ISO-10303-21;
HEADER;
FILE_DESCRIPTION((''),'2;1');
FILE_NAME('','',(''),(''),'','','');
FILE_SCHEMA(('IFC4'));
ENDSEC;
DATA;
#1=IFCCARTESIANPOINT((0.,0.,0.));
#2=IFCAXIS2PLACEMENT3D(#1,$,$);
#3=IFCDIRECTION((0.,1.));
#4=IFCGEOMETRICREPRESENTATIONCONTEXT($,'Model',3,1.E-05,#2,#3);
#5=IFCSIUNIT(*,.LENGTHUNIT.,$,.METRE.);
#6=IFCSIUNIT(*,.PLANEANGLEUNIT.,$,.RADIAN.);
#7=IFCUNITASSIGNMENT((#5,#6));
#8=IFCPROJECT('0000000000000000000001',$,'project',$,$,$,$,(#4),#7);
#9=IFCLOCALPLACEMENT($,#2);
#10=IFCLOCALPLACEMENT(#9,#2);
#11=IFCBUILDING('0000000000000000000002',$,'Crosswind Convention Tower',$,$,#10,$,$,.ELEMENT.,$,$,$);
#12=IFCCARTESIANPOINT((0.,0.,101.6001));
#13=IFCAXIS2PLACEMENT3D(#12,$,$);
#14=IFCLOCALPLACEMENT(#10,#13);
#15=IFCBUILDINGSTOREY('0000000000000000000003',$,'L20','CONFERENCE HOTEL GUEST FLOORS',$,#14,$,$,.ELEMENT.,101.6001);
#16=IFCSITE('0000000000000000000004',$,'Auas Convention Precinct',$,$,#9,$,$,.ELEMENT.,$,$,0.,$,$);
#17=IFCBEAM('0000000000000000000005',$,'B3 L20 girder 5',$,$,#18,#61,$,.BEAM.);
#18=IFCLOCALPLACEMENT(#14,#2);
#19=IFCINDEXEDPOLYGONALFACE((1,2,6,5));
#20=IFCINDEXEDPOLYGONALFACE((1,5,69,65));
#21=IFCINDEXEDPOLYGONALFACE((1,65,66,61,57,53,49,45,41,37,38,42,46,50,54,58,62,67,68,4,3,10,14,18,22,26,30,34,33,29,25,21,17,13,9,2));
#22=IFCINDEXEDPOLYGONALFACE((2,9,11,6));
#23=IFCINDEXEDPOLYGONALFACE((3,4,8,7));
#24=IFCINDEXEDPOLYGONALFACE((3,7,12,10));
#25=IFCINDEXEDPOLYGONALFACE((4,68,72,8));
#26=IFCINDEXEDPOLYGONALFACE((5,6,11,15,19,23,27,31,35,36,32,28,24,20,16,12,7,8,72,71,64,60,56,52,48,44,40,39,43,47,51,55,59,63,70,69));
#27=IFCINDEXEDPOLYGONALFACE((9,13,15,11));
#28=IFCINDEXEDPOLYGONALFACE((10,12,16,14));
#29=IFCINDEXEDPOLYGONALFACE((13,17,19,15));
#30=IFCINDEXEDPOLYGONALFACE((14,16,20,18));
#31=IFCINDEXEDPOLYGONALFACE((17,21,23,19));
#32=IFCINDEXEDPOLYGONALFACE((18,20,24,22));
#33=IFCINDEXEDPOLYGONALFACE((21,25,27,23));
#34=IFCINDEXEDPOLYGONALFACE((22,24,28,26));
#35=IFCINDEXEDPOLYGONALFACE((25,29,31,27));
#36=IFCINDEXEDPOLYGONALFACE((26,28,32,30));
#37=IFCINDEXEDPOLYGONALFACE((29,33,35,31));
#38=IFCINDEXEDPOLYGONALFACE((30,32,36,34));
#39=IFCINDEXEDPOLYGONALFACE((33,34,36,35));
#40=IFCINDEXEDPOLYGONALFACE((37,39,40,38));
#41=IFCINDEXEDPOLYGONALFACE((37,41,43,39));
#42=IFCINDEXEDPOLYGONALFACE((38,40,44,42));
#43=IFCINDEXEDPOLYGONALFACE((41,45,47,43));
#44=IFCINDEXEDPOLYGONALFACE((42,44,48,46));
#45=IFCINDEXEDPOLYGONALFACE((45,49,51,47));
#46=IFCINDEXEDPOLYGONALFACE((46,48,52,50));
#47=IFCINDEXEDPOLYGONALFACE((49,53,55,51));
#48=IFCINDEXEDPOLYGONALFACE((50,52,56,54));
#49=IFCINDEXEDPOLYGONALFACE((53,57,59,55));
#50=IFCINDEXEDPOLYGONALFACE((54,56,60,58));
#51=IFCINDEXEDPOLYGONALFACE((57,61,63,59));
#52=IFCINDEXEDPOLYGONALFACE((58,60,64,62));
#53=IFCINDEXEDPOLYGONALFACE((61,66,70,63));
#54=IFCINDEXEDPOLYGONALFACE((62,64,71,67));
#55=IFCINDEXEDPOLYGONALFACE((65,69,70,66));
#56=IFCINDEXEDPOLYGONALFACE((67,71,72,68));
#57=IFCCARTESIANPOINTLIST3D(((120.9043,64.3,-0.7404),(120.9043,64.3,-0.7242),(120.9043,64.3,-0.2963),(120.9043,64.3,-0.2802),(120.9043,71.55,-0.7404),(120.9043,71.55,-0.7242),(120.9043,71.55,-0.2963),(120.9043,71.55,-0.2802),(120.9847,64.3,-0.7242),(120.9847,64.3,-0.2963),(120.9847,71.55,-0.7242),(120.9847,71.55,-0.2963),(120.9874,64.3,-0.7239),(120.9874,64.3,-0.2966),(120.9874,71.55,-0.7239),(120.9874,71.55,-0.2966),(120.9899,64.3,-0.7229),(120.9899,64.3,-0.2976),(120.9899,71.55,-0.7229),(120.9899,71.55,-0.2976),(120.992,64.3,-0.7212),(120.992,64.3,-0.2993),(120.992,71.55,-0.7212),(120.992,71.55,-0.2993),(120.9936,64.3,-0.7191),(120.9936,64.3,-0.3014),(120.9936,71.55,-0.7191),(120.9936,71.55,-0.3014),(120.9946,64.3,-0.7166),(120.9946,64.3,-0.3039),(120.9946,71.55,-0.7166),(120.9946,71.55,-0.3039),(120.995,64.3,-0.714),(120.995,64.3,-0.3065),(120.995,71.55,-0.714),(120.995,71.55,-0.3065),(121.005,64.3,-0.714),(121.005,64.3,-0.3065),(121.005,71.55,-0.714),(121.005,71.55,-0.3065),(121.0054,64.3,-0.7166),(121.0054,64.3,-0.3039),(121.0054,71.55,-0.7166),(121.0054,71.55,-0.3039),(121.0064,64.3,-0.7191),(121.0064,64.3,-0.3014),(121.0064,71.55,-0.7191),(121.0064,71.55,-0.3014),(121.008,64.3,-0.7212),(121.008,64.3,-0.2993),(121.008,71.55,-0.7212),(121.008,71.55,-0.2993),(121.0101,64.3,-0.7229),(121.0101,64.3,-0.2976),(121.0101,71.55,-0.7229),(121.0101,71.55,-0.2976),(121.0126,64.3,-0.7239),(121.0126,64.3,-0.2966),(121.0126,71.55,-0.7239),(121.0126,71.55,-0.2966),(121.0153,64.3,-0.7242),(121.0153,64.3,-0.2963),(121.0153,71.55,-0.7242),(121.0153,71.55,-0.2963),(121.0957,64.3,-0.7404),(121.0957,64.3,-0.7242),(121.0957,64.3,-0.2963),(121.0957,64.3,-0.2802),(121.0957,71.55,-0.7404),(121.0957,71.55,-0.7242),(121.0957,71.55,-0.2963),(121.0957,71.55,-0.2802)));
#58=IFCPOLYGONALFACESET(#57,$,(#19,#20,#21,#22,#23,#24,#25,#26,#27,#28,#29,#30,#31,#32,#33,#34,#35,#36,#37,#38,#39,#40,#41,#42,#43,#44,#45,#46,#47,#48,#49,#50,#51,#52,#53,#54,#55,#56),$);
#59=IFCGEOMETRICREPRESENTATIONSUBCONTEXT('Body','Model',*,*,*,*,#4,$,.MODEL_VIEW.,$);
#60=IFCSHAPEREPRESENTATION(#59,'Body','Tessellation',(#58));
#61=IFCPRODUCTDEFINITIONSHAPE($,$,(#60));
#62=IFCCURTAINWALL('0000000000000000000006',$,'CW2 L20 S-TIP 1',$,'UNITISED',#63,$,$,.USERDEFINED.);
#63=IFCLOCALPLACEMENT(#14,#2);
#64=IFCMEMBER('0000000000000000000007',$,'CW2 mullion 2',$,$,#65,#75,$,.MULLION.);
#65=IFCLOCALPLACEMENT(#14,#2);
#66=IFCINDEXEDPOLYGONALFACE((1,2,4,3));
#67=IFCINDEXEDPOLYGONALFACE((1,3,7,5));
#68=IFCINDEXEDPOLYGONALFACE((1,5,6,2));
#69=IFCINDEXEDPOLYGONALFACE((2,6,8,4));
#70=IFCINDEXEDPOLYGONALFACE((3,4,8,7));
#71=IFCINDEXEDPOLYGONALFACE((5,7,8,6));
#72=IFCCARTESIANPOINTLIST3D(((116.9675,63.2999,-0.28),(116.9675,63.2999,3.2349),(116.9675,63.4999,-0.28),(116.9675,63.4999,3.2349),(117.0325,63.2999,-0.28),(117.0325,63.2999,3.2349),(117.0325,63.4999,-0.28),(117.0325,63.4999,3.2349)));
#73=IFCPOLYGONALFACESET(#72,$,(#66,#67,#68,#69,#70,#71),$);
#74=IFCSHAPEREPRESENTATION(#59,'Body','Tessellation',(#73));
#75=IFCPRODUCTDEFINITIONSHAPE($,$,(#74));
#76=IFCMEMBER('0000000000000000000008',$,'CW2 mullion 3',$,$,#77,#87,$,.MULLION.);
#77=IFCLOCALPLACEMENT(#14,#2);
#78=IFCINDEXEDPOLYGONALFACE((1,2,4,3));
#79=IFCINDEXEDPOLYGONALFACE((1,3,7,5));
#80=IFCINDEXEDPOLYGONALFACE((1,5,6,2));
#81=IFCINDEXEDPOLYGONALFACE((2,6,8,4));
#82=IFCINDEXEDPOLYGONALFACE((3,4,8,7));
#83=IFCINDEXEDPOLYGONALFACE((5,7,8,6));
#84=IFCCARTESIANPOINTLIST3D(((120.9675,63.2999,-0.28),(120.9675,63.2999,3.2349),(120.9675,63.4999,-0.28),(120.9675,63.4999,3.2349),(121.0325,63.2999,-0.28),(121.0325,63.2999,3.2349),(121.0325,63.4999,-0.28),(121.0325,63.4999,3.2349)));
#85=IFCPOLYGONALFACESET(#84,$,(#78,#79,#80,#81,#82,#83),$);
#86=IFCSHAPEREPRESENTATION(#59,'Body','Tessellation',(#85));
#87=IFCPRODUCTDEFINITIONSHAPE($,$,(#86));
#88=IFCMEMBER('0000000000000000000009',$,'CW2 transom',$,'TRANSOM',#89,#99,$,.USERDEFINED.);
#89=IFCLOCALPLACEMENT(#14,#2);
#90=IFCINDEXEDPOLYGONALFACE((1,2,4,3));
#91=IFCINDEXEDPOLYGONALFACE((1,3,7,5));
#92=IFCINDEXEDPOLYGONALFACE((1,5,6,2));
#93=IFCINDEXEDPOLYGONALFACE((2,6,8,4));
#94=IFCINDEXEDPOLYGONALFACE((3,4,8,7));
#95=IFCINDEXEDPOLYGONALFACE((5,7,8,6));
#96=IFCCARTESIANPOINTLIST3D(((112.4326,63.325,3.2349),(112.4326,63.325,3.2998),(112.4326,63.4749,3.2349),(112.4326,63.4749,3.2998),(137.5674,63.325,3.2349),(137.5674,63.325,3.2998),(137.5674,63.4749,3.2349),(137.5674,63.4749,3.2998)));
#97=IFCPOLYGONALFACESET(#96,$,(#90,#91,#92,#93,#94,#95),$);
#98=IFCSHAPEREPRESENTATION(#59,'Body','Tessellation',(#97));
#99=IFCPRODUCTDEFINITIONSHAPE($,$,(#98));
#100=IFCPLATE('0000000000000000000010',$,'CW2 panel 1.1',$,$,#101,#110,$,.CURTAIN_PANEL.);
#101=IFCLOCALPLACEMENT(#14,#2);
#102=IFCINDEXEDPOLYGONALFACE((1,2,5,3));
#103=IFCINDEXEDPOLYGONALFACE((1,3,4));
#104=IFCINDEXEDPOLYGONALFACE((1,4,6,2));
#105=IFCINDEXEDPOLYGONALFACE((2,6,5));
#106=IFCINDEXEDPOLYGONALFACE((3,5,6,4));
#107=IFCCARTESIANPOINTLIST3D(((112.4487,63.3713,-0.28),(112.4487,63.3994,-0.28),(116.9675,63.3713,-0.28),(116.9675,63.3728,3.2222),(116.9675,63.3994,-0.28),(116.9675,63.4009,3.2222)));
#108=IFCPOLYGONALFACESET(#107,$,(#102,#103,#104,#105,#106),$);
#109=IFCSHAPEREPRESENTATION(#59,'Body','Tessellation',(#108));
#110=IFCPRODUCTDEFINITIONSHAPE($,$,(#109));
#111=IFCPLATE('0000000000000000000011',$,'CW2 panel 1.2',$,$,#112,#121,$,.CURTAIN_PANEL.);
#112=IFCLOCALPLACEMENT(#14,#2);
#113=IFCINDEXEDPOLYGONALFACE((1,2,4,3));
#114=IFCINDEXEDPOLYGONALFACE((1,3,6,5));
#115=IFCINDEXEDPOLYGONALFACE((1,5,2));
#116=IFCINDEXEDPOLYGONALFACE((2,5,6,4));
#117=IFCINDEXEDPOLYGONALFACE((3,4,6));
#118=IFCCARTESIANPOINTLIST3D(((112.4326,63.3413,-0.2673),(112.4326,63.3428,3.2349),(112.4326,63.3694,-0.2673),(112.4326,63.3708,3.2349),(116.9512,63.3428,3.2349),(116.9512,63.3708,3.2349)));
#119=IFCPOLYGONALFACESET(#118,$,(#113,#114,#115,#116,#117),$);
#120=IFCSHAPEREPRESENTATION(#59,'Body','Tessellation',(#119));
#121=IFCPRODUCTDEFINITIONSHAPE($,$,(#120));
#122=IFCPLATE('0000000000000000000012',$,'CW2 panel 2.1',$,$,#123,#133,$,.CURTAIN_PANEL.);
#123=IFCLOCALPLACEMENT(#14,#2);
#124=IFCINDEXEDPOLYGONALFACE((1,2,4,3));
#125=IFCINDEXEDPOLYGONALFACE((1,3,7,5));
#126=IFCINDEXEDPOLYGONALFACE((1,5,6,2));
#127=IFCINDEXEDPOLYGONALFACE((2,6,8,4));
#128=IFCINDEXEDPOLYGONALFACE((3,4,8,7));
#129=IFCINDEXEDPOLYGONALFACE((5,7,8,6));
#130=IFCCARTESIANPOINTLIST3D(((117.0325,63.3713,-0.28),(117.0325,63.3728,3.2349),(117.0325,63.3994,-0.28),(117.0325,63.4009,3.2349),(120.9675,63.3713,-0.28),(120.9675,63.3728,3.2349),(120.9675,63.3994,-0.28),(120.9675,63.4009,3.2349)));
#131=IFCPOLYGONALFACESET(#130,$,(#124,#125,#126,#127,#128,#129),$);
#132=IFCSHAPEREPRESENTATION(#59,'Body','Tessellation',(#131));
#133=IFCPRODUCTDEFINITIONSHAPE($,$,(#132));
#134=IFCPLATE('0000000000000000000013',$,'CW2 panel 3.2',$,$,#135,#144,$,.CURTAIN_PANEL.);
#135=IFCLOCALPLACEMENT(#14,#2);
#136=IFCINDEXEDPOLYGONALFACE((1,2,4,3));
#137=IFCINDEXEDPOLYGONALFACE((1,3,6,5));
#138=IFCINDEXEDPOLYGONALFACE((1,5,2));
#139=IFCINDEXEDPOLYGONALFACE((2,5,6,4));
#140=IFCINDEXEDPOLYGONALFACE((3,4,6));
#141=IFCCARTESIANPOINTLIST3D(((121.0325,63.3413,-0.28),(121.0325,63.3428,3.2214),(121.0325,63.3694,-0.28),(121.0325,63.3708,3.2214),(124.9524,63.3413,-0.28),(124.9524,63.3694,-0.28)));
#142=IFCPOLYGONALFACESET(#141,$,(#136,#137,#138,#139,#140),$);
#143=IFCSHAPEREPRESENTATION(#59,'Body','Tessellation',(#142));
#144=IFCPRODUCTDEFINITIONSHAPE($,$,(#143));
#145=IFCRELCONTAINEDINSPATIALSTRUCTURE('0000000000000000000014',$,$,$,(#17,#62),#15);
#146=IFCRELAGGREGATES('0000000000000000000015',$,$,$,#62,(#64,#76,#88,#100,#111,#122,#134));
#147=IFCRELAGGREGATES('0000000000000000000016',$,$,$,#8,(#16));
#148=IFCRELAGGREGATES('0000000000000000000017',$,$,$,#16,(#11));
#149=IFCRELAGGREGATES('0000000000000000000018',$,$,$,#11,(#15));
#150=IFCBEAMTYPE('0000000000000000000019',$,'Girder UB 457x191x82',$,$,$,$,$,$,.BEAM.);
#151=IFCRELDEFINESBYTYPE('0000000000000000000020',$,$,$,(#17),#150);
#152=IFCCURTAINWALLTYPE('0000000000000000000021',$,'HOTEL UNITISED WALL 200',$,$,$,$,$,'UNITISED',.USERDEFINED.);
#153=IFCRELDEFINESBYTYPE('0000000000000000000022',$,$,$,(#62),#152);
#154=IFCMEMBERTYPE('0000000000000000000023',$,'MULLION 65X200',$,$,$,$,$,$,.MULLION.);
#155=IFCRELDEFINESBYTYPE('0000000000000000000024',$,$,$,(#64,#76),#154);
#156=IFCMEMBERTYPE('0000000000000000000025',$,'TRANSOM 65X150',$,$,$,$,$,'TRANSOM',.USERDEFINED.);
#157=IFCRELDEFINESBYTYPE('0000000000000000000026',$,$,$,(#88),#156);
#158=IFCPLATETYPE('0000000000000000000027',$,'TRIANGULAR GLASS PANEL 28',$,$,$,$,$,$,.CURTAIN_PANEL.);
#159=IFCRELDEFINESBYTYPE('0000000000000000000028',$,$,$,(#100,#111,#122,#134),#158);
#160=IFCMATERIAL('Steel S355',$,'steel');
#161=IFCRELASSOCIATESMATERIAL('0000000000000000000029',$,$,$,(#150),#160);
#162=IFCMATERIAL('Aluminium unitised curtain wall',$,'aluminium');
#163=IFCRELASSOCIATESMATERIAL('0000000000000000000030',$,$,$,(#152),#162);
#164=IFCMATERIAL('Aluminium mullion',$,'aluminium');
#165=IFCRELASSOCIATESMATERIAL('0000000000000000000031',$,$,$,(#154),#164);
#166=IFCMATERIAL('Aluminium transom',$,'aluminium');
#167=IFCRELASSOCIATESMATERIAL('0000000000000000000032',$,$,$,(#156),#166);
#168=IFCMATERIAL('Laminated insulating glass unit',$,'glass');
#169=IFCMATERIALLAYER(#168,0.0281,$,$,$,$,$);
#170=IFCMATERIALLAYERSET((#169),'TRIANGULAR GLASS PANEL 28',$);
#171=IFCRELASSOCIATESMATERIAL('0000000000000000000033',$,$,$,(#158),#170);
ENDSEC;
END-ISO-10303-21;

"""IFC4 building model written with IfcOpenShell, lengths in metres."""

from ifc_helpers import new_model, si_unit, direction, frame, origin, origin_2d, place, context, subcontext, project, spatial, polyline, rectangle, i_section, outline, extrude, material, layer, layer_set, material_profile, profile_set, type_object, element, aggregate, save


model = new_model("IFC4")

# Units and contexts
model_context = context("Model", 3, precision=1e-05, world=origin(), true_north=direction((0.0, 1.0)))
body_context = subcontext(model_context, "Body", "Model", "MODEL_VIEW")
ifc_project = project(units=[si_unit("LENGTHUNIT", "METRE"), si_unit("PLANEANGLEUNIT", "RADIAN")], contexts=[model_context])

# Site, building, storey
site_placement = place(None, origin())
site = spatial("IfcSite", under=ifc_project, at=site_placement, Name="Auas Convention Precinct", CompositionType="ELEMENT", RefElevation=0.0)
building_placement = place(site_placement, origin())
building = spatial("IfcBuilding", under=site, at=building_placement, Name="Crosswind Convention Tower", CompositionType="ELEMENT")
storey_placement = place(building_placement, frame((0.0, 0.0, 101.6001)))
storey = spatial("IfcBuildingStorey", under=building, at=storey_placement, Name="L20", Description="CONFERENCE HOTEL GUEST FLOORS", CompositionType="ELEMENT", Elevation=101.6001)

# Beam
ifc_material_1 = material(Name="Steel S355", Category="steel")
ifc_material_profile_1 = material_profile(ifc_material_1, i_section(OverallWidth=0.1914, OverallDepth=0.4602, WebThickness=0.01, FlangeThickness=0.0161, FilletRadius=0.0103, at=origin_2d()), Name="UB 457x191x82")
ifc_profile_set_1 = profile_set([ifc_material_profile_1], Name="Steel S355")
beam_type_1 = type_object("IfcBeamType", Name="Girder UB 457x191x82", PredefinedType="BEAM", material=ifc_profile_set_1)
beam_1_placement = place(storey_placement, frame((121.0, 64.3, -0.5103), z_axis=(0.0, 1.0, 0.0), x_axis=(-1.0, 0.0, 0.0)))
element("IfcBeam", 1, at=beam_1_placement, inside=storey, type_object=beam_type_1, Name="B3 L20 girder 5", PredefinedType="BEAM", context=body_context, shape_type="SweptSolid", body=[
    extrude(i_section(OverallWidth=0.1914, OverallDepth=0.4602, WebThickness=0.01, FlangeThickness=0.0161, FilletRadius=0.0103, at=origin_2d()), origin(), (0.0, 0.0, 1.0), 7.25),
])

# Curtain wall, members, plates
ifc_material_2 = material(Name="Aluminium unitised curtain wall", Category="aluminium")
curtain_wall_type = type_object("IfcCurtainWallType", Name="HOTEL UNITISED WALL 200", ElementType="UNITISED", PredefinedType="USERDEFINED", material=ifc_material_2)
curtain_wall_placement = place(storey_placement, origin())
curtain_wall = element("IfcCurtainWall", 2, at=curtain_wall_placement, inside=storey, type_object=curtain_wall_type, Name="CW2 L20 S-TIP 1", ObjectType="UNITISED", PredefinedType="USERDEFINED")
ifc_material_3 = material(Name="Aluminium mullion", Category="aluminium")
ifc_material_profile_2 = material_profile(ifc_material_3, rectangle(XDim=0.2, YDim=0.0649, at=origin_2d()), Name="AL 200X65")
ifc_profile_set_2 = profile_set([ifc_material_profile_2], Name="Aluminium mullion")
member_type_1 = type_object("IfcMemberType", Name="MULLION 65X200", PredefinedType="MULLION", material=ifc_profile_set_2)
member_1_placement = place(storey_placement, frame((117.0, 63.3999, -0.28), z_axis=(0.0, 0.0, 1.0), x_axis=(0.0, -1.0, 0.0)))
member_1 = element("IfcMember", 3, at=member_1_placement, type_object=member_type_1, Name="CW2 mullion 2", PredefinedType="MULLION", context=body_context, shape_type="SweptSolid", body=[
    extrude(rectangle(XDim=0.2, YDim=0.0649, at=origin_2d()), origin(), (0.0, 0.0, 1.0), 3.5149),
])
member_2_placement = place(storey_placement, frame((121.0, 63.3999, -0.28), z_axis=(0.0, 0.0, 1.0), x_axis=(0.0, -1.0, 0.0)))
member_2 = element("IfcMember", 4, at=member_2_placement, type_object=member_type_1, Name="CW2 mullion 3", PredefinedType="MULLION", context=body_context, shape_type="SweptSolid", body=[
    extrude(rectangle(XDim=0.2, YDim=0.0649, at=origin_2d()), origin(), (0.0, 0.0, 1.0), 3.5149),
])
ifc_material_4 = material(Name="Aluminium transom", Category="aluminium")
ifc_material_profile_3 = material_profile(ifc_material_4, rectangle(XDim=0.1499, YDim=0.0649, at=origin_2d()), Name="AL 150X65")
ifc_profile_set_3 = profile_set([ifc_material_profile_3], Name="Aluminium transom")
member_type_2 = type_object("IfcMemberType", Name="TRANSOM 65X150", ElementType="TRANSOM", PredefinedType="USERDEFINED", material=ifc_profile_set_3)
member_3_placement = place(storey_placement, frame((112.4326, 63.3999, 3.2673), z_axis=(1.0, 0.0, 0.0), x_axis=(0.0, 1.0, 0.0)))
member_3 = element("IfcMember", 5, at=member_3_placement, type_object=member_type_2, Name="CW2 transom", ObjectType="TRANSOM", PredefinedType="USERDEFINED", context=body_context, shape_type="SweptSolid", body=[
    extrude(rectangle(XDim=0.1499, YDim=0.0649, at=origin_2d()), origin(), (0.0, 0.0, 1.0), 25.1348),
])
ifc_material_5 = material(Name="Laminated insulating glass unit", Category="glass")
ifc_layer_1 = layer(ifc_material_5, 0.0281)
ifc_layer_set_1 = layer_set([ifc_layer_1], Name="TRIANGULAR GLASS PANEL 28")
plate_type = type_object("IfcPlateType", Name="TRIANGULAR GLASS PANEL 28", PredefinedType="CURTAIN_PANEL", material=ifc_layer_set_1)
plate_1_placement = place(storey_placement, frame((116.9675, 63.3713, -0.28), z_axis=(0.0, -1.0, 0.000418), x_axis=(0.0, 0.000418, 1.0)))
plate_1 = element("IfcPlate", 6, at=plate_1_placement, type_object=plate_type, Name="CW2 panel 1.1", PredefinedType="CURTAIN_PANEL", context=body_context, shape_type="SweptSolid", body=[
    extrude(outline(polyline([(0.0, 0.0), (3.5022, 0.0), (0.0, 4.5188), (0.0, 0.0)])), origin(), (0.0, 0.0, -1.0), 0.0281),
])
plate_2_placement = place(storey_placement, frame((112.4326, 63.3428, 3.2349), z_axis=(0.0, -1.0, 0.000418), x_axis=(0.0, -0.000418, -1.0)))
plate_2 = element("IfcPlate", 7, at=plate_2_placement, type_object=plate_type, Name="CW2 panel 1.2", PredefinedType="CURTAIN_PANEL", context=body_context, shape_type="SweptSolid", body=[
    extrude(outline(polyline([(0.0, 0.0), (3.5022, 0.0), (0.0, 4.5186), (0.0, 0.0)])), origin(), (0.0, 0.0, -1.0), 0.0281),
])
plate_3_placement = place(storey_placement, frame((117.0325, 63.3713, -0.28), z_axis=(0.0, -1.0, 0.000417), x_axis=(1.0, 0.0, 0.0)))
plate_3 = element("IfcPlate", 8, at=plate_3_placement, type_object=plate_type, Name="CW2 panel 2.1", PredefinedType="CURTAIN_PANEL", context=body_context, shape_type="SweptSolid", body=[
    extrude(outline(polyline([(0.0, 0.0), (3.9351, 0.0), (3.9351, 3.5149), (0.0, 3.5149), (0.0, 0.0)])), origin(), (0.0, 0.0, -1.0), 0.0281),
])
plate_4_placement = place(storey_placement, frame((121.0325, 63.3413, -0.28), z_axis=(0.0, -1.0, 0.000418), x_axis=(1.0, 0.0, 0.0)))
plate_4 = element("IfcPlate", 9, at=plate_4_placement, type_object=plate_type, Name="CW2 panel 3.2", PredefinedType="CURTAIN_PANEL", context=body_context, shape_type="SweptSolid", body=[
    extrude(outline(polyline([(0.0, 0.0), (3.9199, 0.0), (0.0, 3.5015), (0.0, 0.0)])), origin(), (0.0, 0.0, -1.0), 0.0281),
])
aggregate(curtain_wall, [member_1, member_2, member_3, plate_1, plate_2, plate_3, plate_4])

save(model, "model.ifc")
